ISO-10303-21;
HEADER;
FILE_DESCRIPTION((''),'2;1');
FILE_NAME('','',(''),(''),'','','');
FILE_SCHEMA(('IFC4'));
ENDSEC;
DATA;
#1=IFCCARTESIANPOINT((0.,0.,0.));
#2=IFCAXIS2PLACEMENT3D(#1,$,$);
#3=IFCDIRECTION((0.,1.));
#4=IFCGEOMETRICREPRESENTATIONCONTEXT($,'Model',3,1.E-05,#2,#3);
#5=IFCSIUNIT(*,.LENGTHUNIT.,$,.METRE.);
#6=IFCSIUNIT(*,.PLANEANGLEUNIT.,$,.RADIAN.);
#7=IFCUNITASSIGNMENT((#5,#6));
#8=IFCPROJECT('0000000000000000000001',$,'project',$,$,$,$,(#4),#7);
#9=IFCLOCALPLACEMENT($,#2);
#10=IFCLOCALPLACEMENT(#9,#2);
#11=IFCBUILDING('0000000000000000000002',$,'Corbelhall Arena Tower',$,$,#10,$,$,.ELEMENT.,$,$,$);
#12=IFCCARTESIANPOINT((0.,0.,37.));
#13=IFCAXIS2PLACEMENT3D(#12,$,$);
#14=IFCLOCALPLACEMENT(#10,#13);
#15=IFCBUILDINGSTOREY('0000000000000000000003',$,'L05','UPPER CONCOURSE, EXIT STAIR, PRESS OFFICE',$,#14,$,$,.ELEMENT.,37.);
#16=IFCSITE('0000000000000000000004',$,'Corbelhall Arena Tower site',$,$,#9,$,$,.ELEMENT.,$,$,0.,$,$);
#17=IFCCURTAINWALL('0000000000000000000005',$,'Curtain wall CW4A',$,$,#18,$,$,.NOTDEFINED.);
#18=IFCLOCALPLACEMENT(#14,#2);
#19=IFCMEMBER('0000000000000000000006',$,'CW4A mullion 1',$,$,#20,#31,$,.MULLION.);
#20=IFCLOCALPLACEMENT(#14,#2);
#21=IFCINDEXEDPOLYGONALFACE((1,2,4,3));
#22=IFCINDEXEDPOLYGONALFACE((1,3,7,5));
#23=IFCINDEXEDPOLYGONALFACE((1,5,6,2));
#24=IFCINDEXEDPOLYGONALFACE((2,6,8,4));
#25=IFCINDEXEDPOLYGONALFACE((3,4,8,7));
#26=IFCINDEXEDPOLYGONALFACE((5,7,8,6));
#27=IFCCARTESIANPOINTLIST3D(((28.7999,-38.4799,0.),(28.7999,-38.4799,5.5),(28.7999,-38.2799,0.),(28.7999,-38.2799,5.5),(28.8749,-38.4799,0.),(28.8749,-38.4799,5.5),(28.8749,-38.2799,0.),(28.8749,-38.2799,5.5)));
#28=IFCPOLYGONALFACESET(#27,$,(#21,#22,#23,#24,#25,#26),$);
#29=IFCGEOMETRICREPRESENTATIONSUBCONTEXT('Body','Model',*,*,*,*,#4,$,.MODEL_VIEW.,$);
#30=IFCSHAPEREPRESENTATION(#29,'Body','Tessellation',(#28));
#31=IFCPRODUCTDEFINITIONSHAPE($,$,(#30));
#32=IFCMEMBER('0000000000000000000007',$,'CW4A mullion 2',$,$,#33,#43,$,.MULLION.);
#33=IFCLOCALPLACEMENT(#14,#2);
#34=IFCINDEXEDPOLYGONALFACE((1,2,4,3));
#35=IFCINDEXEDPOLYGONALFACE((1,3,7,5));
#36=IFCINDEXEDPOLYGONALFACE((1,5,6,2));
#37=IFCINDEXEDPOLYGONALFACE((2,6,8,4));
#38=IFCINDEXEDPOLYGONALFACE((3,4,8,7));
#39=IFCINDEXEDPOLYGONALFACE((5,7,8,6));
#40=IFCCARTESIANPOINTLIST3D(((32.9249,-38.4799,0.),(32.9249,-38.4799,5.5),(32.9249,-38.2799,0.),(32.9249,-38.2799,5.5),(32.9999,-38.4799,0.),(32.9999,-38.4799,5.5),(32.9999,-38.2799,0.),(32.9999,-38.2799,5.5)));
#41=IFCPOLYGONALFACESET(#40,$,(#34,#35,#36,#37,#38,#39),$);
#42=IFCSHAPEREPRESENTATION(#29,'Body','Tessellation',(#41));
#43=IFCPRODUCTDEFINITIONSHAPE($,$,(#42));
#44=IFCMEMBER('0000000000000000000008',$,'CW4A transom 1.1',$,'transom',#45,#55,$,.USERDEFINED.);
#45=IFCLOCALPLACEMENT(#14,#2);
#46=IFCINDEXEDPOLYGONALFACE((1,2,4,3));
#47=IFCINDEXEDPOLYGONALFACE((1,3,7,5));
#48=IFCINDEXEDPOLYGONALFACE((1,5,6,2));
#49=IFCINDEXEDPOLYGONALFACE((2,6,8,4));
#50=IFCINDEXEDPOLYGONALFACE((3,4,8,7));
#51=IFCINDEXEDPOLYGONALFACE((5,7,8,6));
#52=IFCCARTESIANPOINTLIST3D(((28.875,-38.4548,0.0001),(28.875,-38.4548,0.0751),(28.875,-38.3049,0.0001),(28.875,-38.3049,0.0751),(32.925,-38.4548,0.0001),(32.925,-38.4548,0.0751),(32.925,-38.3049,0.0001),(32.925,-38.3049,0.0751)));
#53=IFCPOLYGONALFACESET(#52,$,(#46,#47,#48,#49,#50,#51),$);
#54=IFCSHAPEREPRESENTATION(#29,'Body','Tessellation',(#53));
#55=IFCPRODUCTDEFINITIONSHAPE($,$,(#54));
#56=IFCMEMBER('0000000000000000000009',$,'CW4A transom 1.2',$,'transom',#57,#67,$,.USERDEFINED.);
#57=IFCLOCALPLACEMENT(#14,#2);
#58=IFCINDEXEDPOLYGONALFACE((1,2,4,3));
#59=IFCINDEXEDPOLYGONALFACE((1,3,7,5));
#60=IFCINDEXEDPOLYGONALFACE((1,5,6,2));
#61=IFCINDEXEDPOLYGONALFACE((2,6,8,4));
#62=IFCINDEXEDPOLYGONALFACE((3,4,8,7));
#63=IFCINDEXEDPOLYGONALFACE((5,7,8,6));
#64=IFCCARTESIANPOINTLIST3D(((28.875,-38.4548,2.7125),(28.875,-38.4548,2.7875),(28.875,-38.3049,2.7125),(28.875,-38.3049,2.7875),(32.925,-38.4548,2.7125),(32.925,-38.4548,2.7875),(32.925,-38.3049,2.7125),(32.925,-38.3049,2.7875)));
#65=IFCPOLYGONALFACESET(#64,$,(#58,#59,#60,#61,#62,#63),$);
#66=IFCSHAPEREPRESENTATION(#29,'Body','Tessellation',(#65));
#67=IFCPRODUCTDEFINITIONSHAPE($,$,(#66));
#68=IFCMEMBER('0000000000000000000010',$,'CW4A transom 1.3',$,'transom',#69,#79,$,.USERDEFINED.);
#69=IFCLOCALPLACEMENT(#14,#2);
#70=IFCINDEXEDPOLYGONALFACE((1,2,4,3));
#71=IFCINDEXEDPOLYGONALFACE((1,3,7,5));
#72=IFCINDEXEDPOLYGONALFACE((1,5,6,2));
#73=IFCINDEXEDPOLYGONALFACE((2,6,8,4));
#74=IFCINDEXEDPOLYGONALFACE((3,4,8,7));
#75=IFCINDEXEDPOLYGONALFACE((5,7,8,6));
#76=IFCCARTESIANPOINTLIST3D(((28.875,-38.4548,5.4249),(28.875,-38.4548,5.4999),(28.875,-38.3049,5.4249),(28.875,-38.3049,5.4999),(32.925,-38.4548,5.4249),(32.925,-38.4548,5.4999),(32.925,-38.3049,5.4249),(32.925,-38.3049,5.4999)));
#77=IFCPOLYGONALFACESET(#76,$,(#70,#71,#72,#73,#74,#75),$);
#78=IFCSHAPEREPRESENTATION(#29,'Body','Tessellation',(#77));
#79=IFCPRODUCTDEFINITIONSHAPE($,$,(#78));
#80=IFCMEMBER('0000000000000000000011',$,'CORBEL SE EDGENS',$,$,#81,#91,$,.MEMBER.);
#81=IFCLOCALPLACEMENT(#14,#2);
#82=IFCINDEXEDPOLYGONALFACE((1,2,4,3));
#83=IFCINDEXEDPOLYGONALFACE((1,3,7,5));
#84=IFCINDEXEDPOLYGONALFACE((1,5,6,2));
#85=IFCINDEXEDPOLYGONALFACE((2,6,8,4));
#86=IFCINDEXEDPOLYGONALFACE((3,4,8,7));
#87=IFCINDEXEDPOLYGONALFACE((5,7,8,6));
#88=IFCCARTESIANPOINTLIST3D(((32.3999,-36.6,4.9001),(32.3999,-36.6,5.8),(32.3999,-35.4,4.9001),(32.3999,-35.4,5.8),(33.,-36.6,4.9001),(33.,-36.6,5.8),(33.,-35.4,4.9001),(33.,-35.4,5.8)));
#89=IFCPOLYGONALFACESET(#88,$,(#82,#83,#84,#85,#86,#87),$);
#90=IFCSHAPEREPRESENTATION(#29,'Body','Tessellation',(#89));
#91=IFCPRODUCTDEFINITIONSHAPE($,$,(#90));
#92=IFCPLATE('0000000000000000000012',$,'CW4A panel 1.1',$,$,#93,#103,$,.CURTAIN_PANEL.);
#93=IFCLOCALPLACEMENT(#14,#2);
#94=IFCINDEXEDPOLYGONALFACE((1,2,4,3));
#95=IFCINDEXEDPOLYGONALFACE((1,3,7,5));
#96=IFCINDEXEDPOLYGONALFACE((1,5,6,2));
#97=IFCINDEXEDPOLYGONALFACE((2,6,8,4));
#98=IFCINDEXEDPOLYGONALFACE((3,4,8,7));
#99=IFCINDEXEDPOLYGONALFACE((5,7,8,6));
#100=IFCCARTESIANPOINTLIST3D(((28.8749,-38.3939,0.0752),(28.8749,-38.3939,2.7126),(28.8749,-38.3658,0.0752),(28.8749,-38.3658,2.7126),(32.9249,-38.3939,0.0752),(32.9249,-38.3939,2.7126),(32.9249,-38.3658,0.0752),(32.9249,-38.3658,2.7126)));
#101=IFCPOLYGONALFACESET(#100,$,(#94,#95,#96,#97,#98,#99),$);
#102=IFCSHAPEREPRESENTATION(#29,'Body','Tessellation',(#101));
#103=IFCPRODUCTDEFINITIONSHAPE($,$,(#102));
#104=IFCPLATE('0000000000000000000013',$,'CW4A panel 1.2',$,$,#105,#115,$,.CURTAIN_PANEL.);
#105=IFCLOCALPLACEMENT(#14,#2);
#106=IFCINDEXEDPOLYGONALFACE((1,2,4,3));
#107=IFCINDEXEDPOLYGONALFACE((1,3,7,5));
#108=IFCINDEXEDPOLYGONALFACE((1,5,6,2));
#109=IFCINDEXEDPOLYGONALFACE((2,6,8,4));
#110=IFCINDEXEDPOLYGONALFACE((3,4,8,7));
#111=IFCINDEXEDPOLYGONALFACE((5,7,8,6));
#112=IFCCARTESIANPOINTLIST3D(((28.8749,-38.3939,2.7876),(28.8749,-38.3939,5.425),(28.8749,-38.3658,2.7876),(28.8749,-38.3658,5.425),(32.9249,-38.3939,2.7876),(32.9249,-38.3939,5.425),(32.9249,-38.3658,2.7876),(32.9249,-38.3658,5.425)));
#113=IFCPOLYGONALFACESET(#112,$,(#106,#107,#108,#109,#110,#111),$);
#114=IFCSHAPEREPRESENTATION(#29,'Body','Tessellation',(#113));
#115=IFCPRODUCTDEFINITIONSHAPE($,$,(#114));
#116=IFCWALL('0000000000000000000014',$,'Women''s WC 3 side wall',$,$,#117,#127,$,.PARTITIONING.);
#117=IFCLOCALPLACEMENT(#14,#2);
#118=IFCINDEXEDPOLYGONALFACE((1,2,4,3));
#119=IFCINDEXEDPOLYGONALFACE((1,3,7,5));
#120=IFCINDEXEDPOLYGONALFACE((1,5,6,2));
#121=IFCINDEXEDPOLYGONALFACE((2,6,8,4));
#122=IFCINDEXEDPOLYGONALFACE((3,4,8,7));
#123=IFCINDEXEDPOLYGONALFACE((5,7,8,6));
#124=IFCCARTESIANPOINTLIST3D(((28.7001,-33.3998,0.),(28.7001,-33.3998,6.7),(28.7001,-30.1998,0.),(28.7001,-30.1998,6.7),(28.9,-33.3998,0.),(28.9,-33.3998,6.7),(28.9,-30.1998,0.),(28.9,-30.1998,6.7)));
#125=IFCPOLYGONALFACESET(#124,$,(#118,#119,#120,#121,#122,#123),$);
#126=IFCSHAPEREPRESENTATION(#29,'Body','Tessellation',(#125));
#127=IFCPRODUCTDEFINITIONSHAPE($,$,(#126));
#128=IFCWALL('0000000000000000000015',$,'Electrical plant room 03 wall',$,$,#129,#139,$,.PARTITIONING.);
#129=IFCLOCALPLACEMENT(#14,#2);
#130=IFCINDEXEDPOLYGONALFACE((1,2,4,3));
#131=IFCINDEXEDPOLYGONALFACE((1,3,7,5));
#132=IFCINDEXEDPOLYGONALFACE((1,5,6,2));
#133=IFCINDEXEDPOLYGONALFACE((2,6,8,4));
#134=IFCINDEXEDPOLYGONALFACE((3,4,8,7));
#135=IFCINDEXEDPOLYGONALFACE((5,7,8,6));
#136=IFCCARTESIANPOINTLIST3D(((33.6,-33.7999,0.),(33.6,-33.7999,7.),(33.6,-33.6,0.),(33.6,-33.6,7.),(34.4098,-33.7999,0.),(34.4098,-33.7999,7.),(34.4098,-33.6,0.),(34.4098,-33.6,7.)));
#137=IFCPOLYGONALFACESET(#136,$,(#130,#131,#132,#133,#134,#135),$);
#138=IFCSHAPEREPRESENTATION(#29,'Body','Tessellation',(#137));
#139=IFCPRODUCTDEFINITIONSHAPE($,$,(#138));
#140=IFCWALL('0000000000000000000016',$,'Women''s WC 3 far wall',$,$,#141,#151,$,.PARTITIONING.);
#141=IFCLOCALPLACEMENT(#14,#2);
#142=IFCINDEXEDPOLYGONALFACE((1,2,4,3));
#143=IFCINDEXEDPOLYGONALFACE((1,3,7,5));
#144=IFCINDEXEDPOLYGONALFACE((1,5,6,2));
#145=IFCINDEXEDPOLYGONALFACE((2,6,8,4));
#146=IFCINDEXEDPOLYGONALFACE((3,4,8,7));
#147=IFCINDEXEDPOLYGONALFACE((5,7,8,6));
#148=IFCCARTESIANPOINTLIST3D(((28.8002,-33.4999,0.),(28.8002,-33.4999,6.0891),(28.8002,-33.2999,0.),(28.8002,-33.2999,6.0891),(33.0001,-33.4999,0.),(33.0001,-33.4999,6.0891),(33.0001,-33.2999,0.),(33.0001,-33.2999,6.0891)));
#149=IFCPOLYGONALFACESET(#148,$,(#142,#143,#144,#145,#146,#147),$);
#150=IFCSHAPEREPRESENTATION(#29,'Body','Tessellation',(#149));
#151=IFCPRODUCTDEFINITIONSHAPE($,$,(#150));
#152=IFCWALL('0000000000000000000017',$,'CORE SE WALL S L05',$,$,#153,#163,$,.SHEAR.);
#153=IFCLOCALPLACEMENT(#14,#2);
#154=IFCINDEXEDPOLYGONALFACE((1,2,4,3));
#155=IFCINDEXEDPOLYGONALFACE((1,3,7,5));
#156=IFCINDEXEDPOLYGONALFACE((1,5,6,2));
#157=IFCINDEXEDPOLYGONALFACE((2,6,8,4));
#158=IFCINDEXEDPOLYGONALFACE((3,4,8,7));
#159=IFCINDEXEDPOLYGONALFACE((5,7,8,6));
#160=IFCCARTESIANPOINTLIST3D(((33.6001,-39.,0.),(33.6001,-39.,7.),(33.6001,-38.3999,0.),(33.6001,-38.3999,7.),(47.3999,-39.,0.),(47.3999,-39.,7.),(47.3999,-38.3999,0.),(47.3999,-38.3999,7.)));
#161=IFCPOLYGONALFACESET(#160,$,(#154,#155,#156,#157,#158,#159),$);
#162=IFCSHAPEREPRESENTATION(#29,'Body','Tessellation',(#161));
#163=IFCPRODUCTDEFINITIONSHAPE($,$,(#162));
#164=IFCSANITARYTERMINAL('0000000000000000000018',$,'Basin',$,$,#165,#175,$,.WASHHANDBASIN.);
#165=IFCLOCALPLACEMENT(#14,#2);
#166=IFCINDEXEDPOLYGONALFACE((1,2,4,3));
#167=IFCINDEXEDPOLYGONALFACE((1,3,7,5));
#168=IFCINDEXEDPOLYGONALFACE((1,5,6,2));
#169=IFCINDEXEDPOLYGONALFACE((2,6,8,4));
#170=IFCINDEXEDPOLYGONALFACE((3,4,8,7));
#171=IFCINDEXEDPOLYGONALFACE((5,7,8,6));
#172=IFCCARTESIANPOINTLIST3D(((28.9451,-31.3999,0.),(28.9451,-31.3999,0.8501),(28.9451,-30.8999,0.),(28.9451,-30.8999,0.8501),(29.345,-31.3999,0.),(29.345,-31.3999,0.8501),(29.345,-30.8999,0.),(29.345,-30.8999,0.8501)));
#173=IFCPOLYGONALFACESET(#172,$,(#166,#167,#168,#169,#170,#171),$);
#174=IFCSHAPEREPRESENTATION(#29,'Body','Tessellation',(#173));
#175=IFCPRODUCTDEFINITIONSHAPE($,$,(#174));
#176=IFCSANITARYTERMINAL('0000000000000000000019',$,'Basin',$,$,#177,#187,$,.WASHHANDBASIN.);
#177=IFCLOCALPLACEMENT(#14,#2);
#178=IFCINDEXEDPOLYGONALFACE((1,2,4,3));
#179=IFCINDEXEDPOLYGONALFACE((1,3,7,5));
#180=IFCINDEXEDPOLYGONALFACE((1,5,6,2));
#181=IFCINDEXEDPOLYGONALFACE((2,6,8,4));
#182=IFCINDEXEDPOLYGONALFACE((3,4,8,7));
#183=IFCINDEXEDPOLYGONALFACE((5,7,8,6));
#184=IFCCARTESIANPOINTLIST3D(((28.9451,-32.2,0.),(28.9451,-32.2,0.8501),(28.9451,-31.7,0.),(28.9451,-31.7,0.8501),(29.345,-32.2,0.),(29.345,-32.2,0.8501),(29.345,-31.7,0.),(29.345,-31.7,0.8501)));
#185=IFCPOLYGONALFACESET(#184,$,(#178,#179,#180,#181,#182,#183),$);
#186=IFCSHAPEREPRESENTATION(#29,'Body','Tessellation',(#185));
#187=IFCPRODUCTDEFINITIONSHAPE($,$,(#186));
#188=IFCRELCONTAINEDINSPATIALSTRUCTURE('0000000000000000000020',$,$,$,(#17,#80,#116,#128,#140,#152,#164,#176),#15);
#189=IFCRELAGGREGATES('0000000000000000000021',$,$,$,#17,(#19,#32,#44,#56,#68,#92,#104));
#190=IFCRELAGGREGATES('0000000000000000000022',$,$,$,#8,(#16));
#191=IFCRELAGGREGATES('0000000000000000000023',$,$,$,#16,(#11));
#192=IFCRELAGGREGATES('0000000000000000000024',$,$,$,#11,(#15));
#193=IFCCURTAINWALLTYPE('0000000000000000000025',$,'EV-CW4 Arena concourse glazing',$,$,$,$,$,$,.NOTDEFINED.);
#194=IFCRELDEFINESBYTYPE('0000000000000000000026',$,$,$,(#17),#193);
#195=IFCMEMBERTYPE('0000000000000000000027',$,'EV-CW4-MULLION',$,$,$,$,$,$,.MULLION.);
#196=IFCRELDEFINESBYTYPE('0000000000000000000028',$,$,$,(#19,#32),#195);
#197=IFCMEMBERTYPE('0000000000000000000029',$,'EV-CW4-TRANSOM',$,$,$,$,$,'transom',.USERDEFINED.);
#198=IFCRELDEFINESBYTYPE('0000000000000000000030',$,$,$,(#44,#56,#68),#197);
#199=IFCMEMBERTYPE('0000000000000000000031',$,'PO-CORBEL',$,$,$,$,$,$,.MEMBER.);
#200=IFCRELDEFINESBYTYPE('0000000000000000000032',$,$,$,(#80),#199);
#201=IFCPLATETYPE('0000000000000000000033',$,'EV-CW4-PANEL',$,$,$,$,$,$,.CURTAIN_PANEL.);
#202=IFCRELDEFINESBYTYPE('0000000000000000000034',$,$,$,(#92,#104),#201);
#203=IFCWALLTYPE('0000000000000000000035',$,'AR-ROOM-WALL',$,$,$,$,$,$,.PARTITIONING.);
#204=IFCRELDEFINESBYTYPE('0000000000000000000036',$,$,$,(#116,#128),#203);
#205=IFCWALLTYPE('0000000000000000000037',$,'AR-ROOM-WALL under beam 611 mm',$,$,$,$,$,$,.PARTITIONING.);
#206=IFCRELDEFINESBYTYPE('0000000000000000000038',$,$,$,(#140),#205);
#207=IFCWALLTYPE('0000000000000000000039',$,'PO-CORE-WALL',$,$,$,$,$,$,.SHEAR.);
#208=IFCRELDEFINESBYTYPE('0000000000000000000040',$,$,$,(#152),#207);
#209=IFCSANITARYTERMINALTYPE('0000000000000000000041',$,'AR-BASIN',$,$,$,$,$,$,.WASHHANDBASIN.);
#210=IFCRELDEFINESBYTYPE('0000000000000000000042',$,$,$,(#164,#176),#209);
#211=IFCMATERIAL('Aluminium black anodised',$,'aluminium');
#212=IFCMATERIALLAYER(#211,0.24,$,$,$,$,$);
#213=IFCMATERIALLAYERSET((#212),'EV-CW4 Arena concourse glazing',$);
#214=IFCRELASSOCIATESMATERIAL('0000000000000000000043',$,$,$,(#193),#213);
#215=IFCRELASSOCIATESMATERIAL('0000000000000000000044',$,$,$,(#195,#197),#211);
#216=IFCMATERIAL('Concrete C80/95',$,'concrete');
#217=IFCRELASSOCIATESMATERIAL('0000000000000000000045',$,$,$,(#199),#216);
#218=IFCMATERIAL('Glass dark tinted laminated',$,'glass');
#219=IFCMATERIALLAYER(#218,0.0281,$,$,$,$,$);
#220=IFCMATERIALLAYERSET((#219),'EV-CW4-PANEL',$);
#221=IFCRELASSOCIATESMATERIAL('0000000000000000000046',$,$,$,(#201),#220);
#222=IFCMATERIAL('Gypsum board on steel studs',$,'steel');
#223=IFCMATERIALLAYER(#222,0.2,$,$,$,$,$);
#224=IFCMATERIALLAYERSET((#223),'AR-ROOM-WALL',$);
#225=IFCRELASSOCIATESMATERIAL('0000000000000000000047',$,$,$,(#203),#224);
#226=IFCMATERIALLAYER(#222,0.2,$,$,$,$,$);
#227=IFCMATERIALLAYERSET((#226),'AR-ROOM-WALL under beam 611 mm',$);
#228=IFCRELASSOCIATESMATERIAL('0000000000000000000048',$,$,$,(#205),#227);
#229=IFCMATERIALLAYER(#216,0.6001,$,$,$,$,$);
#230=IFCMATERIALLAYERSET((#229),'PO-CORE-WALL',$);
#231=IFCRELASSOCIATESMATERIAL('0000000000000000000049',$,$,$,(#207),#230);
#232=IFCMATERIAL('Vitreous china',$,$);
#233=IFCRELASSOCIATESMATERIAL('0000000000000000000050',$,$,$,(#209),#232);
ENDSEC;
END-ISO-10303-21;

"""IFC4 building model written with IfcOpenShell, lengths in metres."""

from ifc_helpers import new_model, si_unit, direction, frame, frame_2d, origin, origin_2d, place, context, subcontext, project, spatial, rectangle, extrude, material, layer, layer_set, material_profile, profile_set, type_object, element, aggregate, save


model = new_model("IFC4")

# Units and contexts
model_context = context("Model", 3, precision=1e-05, world=origin(), true_north=direction((0.0, 1.0)))
body_context = subcontext(model_context, "Body", "Model", "MODEL_VIEW")
ifc_project = project(units=[si_unit("LENGTHUNIT", "METRE"), si_unit("PLANEANGLEUNIT", "RADIAN")], contexts=[model_context])

# Site, building, storey
site_placement = place(None, origin())
site = spatial("IfcSite", under=ifc_project, at=site_placement, Name="Corbelhall Arena Tower site", CompositionType="ELEMENT", RefElevation=0.0)
building_placement = place(site_placement, origin())
building = spatial("IfcBuilding", under=site, at=building_placement, Name="Corbelhall Arena Tower", CompositionType="ELEMENT")
storey_placement = place(building_placement, frame((0.0, 0.0, 37.0)))
storey = spatial("IfcBuildingStorey", under=building, at=storey_placement, Name="L05", Description="UPPER CONCOURSE, EXIT STAIR, PRESS OFFICE", CompositionType="ELEMENT", Elevation=37.0)

# Curtain wall, members
ifc_material_1 = material(Name="Aluminium black anodised", Category="aluminium")
ifc_layer_1 = layer(ifc_material_1, 0.24)
ifc_layer_set_1 = layer_set([ifc_layer_1], Name="EV-CW4 Arena concourse glazing")
curtain_wall_type = type_object("IfcCurtainWallType", Name="EV-CW4 Arena concourse glazing", PredefinedType="NOTDEFINED", material=ifc_layer_set_1)
curtain_wall_placement = place(storey_placement, origin())
curtain_wall = element("IfcCurtainWall", 1, at=curtain_wall_placement, inside=storey, type_object=curtain_wall_type, Name="Curtain wall CW4A", PredefinedType="NOTDEFINED")
ifc_material_profile_1 = material_profile(ifc_material_1, rectangle(XDim=0.2, YDim=0.075, at=origin_2d()))
ifc_profile_set_1 = profile_set([ifc_material_profile_1], Name="Aluminium black anodised")
member_type_1 = type_object("IfcMemberType", Name="EV-CW4-MULLION", PredefinedType="MULLION", material=ifc_profile_set_1)
member_1_placement = place(storey_placement, frame((28.8374, -38.3799, 0.0), z_axis=(0.0, 0.0, 1.0), x_axis=(0.0, 1.0, 0.0)))
member_1 = element("IfcMember", 2, at=member_1_placement, type_object=member_type_1, Name="CW4A mullion 1", PredefinedType="MULLION", context=body_context, shape_type="SweptSolid", body=[
    extrude(rectangle(XDim=0.2, YDim=0.075, at=origin_2d()), origin(), (0.0, 0.0, 1.0), 5.5),
])
member_2_placement = place(storey_placement, frame((32.9624, -38.3799, 0.0), z_axis=(0.0, 0.0, 1.0), x_axis=(0.0, 1.0, 0.0)))
member_2 = element("IfcMember", 3, at=member_2_placement, type_object=member_type_1, Name="CW4A mullion 2", PredefinedType="MULLION", context=body_context, shape_type="SweptSolid", body=[
    extrude(rectangle(XDim=0.2, YDim=0.075, at=origin_2d()), origin(), (0.0, 0.0, 1.0), 5.5),
])
ifc_material_profile_2 = material_profile(ifc_material_1, rectangle(XDim=0.1499, YDim=0.075, at=origin_2d()))
ifc_profile_set_2 = profile_set([ifc_material_profile_2], Name="Aluminium black anodised")
member_type_2 = type_object("IfcMemberType", Name="EV-CW4-TRANSOM", ElementType="transom", PredefinedType="USERDEFINED", material=ifc_profile_set_2)
member_3_placement = place(storey_placement, frame((28.875, -38.3799, 0.0376), z_axis=(1.0, 0.0, 0.0), x_axis=(0.0, 1.0, 0.0)))
member_3 = element("IfcMember", 4, at=member_3_placement, type_object=member_type_2, Name="CW4A transom 1.1", ObjectType="transom", PredefinedType="USERDEFINED", context=body_context, shape_type="SweptSolid", body=[
    extrude(rectangle(XDim=0.1499, YDim=0.075, at=origin_2d()), origin(), (0.0, 0.0, 1.0), 4.05),
])
member_4_placement = place(storey_placement, frame((28.875, -38.3799, 2.75), z_axis=(1.0, 0.0, 0.0), x_axis=(0.0, 1.0, 0.0)))
member_4 = element("IfcMember", 5, at=member_4_placement, type_object=member_type_2, Name="CW4A transom 1.2", ObjectType="transom", PredefinedType="USERDEFINED", context=body_context, shape_type="SweptSolid", body=[
    extrude(rectangle(XDim=0.1499, YDim=0.075, at=origin_2d()), origin(), (0.0, 0.0, 1.0), 4.05),
])
member_5_placement = place(storey_placement, frame((28.875, -38.3799, 5.4624), z_axis=(1.0, 0.0, 0.0), x_axis=(0.0, 1.0, 0.0)))
member_5 = element("IfcMember", 6, at=member_5_placement, type_object=member_type_2, Name="CW4A transom 1.3", ObjectType="transom", PredefinedType="USERDEFINED", context=body_context, shape_type="SweptSolid", body=[
    extrude(rectangle(XDim=0.1499, YDim=0.075, at=origin_2d()), origin(), (0.0, 0.0, 1.0), 4.05),
])

# Member
ifc_material_2 = material(Name="Concrete C80/95", Category="concrete")
ifc_material_profile_3 = material_profile(ifc_material_2, rectangle(XDim=1.2, YDim=0.8999, at=origin_2d()))
ifc_profile_set_3 = profile_set([ifc_material_profile_3], Name="Concrete C80/95")
member_type_3 = type_object("IfcMemberType", Name="PO-CORBEL", PredefinedType="MEMBER", material=ifc_profile_set_3)
member_6_placement = place(storey_placement, frame((33.0, -36.0, 5.3501), z_axis=(-1.0, 0.0, 0.0), x_axis=(0.0, -1.0, 0.0)))
element("IfcMember", 7, at=member_6_placement, inside=storey, type_object=member_type_3, Name="CORBEL SE EDGENS", PredefinedType="MEMBER", context=body_context, shape_type="SweptSolid", body=[
    extrude(rectangle(XDim=1.2, YDim=0.8999, at=origin_2d()), origin(), (0.0, 0.0, 1.0), 0.6001),
])

# Plates
ifc_material_3 = material(Name="Glass dark tinted laminated", Category="glass")
ifc_layer_2 = layer(ifc_material_3, 0.0281)
ifc_layer_set_2 = layer_set([ifc_layer_2], Name="EV-CW4-PANEL")
plate_type = type_object("IfcPlateType", Name="EV-CW4-PANEL", PredefinedType="CURTAIN_PANEL", material=ifc_layer_set_2)
plate_1_placement = place(storey_placement, frame((30.8999, -38.3799, 0.0752), z_axis=(0.0, 0.0, 1.0), x_axis=(1.0, 0.0, 0.0)))
plate_1 = element("IfcPlate", 8, at=plate_1_placement, type_object=plate_type, Name="CW4A panel 1.1", PredefinedType="CURTAIN_PANEL", context=body_context, shape_type="SweptSolid", body=[
    extrude(rectangle(XDim=4.05, YDim=0.0281, at=origin_2d()), origin(), (0.0, 0.0, 1.0), 2.6375),
])
plate_2_placement = place(storey_placement, frame((30.8999, -38.3799, 2.7876), z_axis=(0.0, 0.0, 1.0), x_axis=(1.0, 0.0, 0.0)))
plate_2 = element("IfcPlate", 9, at=plate_2_placement, type_object=plate_type, Name="CW4A panel 1.2", PredefinedType="CURTAIN_PANEL", context=body_context, shape_type="SweptSolid", body=[
    extrude(rectangle(XDim=4.05, YDim=0.0281, at=origin_2d()), origin(), (0.0, 0.0, 1.0), 2.6375),
])
aggregate(curtain_wall, [member_1, member_2, member_3, member_4, member_5, plate_1, plate_2])

# Shared definitions
ifc_material_4 = material(Name="Gypsum board on steel studs", Category="steel")
ifc_layer_3 = layer(ifc_material_4, 0.2)
ifc_layer_set_3 = layer_set([ifc_layer_3], Name="AR-ROOM-WALL")
wall_type_1 = type_object("IfcWallType", Name="AR-ROOM-WALL", PredefinedType="PARTITIONING", material=ifc_layer_set_3)

# Walls
wall_1_placement = place(storey_placement, frame((28.8, -33.3999, 0.0), z_axis=(0.0, 0.0, 1.0), x_axis=(0.0, 1.0, 0.0)))
element("IfcWall", 10, at=wall_1_placement, inside=storey, type_object=wall_type_1, Name="Women's WC 3 side wall", PredefinedType="PARTITIONING", context=body_context, shape_type="SweptSolid", body=[
    extrude(rectangle(XDim=3.2, YDim=0.2, at=frame_2d((1.6001, 0.0))), origin(), (0.0, 0.0, 1.0), 6.7),
])
wall_2_placement = place(storey_placement, frame((33.6001, -33.7, 0.0), z_axis=(0.0, 0.0, 1.0), x_axis=(1.0, 0.0, 0.0)))
element("IfcWall", 11, at=wall_2_placement, inside=storey, type_object=wall_type_1, Name="Electrical plant room 03 wall", PredefinedType="PARTITIONING", context=body_context, shape_type="SweptSolid", body=[
    extrude(rectangle(XDim=0.8098, YDim=0.2, at=frame_2d((0.4048, 0.0))), origin(), (0.0, 0.0, 1.0), 7.0),
])
ifc_layer_4 = layer(ifc_material_4, 0.2)
ifc_layer_set_4 = layer_set([ifc_layer_4], Name="AR-ROOM-WALL under beam 611 mm")
wall_type_2 = type_object("IfcWallType", Name="AR-ROOM-WALL under beam 611 mm", PredefinedType="PARTITIONING", material=ifc_layer_set_4)
wall_3_placement = place(storey_placement, frame((28.8, -33.3999, 0.0), z_axis=(0.0, 0.0, 1.0), x_axis=(1.0, 0.0, 0.0)))
element("IfcWall", 12, at=wall_3_placement, inside=storey, type_object=wall_type_2, Name="Women's WC 3 far wall", PredefinedType="PARTITIONING", context=body_context, shape_type="SweptSolid", body=[
    extrude(rectangle(XDim=4.2, YDim=0.2, at=frame_2d((2.1001, 0.0))), origin(), (0.0, 0.0, 1.0), 6.0891),
])

# Shared definitions
ifc_layer_5 = layer(ifc_material_2, 0.6001)
ifc_layer_set_5 = layer_set([ifc_layer_5], Name="PO-CORE-WALL")
wall_type_3 = type_object("IfcWallType", Name="PO-CORE-WALL", PredefinedType="SHEAR", material=ifc_layer_set_5)

# Wall
wall_4_placement = place(storey_placement, frame((33.6001, -38.7, 0.0), z_axis=(0.0, 0.0, 1.0), x_axis=(1.0, 0.0, 0.0)))
element("IfcWall", 13, at=wall_4_placement, inside=storey, type_object=wall_type_3, Name="CORE SE WALL S L05", PredefinedType="SHEAR", context=body_context, shape_type="SweptSolid", body=[
    extrude(rectangle(XDim=13.7998, YDim=0.6001, at=frame_2d((6.8999, 0.0))), origin(), (0.0, 0.0, 1.0), 7.0),
])

# Sanitary terminals
ifc_material_5 = material(Name="Vitreous china")
sanitary_terminal_type_1 = type_object("IfcSanitaryTerminalType", Name="AR-BASIN", PredefinedType="WASHHANDBASIN", material=ifc_material_5)
for number, where, z_axis, x_axis, name in (
    (14, (29.145, -31.1499, 0.0), (0.0, 0.0, 1.0), (1.0, 0.0, 0.0), "Basin"),
    (15, (29.145, -31.95, 0.0), (0.0, 0.0, 1.0), (1.0, 0.0, 0.0), "Basin"),
):
    element("IfcSanitaryTerminal", number, at=place(storey_placement, frame(where, z_axis=z_axis, x_axis=x_axis)), inside=storey, type_object=sanitary_terminal_type_1, Name=name, PredefinedType="WASHHANDBASIN", context=body_context, shape_type="SweptSolid", body=[
        extrude(rectangle(XDim=0.3999, YDim=0.5, at=origin_2d()), origin(), (0.0, 0.0, 1.0), 0.8501),
    ])

save(model, "model.ifc")
